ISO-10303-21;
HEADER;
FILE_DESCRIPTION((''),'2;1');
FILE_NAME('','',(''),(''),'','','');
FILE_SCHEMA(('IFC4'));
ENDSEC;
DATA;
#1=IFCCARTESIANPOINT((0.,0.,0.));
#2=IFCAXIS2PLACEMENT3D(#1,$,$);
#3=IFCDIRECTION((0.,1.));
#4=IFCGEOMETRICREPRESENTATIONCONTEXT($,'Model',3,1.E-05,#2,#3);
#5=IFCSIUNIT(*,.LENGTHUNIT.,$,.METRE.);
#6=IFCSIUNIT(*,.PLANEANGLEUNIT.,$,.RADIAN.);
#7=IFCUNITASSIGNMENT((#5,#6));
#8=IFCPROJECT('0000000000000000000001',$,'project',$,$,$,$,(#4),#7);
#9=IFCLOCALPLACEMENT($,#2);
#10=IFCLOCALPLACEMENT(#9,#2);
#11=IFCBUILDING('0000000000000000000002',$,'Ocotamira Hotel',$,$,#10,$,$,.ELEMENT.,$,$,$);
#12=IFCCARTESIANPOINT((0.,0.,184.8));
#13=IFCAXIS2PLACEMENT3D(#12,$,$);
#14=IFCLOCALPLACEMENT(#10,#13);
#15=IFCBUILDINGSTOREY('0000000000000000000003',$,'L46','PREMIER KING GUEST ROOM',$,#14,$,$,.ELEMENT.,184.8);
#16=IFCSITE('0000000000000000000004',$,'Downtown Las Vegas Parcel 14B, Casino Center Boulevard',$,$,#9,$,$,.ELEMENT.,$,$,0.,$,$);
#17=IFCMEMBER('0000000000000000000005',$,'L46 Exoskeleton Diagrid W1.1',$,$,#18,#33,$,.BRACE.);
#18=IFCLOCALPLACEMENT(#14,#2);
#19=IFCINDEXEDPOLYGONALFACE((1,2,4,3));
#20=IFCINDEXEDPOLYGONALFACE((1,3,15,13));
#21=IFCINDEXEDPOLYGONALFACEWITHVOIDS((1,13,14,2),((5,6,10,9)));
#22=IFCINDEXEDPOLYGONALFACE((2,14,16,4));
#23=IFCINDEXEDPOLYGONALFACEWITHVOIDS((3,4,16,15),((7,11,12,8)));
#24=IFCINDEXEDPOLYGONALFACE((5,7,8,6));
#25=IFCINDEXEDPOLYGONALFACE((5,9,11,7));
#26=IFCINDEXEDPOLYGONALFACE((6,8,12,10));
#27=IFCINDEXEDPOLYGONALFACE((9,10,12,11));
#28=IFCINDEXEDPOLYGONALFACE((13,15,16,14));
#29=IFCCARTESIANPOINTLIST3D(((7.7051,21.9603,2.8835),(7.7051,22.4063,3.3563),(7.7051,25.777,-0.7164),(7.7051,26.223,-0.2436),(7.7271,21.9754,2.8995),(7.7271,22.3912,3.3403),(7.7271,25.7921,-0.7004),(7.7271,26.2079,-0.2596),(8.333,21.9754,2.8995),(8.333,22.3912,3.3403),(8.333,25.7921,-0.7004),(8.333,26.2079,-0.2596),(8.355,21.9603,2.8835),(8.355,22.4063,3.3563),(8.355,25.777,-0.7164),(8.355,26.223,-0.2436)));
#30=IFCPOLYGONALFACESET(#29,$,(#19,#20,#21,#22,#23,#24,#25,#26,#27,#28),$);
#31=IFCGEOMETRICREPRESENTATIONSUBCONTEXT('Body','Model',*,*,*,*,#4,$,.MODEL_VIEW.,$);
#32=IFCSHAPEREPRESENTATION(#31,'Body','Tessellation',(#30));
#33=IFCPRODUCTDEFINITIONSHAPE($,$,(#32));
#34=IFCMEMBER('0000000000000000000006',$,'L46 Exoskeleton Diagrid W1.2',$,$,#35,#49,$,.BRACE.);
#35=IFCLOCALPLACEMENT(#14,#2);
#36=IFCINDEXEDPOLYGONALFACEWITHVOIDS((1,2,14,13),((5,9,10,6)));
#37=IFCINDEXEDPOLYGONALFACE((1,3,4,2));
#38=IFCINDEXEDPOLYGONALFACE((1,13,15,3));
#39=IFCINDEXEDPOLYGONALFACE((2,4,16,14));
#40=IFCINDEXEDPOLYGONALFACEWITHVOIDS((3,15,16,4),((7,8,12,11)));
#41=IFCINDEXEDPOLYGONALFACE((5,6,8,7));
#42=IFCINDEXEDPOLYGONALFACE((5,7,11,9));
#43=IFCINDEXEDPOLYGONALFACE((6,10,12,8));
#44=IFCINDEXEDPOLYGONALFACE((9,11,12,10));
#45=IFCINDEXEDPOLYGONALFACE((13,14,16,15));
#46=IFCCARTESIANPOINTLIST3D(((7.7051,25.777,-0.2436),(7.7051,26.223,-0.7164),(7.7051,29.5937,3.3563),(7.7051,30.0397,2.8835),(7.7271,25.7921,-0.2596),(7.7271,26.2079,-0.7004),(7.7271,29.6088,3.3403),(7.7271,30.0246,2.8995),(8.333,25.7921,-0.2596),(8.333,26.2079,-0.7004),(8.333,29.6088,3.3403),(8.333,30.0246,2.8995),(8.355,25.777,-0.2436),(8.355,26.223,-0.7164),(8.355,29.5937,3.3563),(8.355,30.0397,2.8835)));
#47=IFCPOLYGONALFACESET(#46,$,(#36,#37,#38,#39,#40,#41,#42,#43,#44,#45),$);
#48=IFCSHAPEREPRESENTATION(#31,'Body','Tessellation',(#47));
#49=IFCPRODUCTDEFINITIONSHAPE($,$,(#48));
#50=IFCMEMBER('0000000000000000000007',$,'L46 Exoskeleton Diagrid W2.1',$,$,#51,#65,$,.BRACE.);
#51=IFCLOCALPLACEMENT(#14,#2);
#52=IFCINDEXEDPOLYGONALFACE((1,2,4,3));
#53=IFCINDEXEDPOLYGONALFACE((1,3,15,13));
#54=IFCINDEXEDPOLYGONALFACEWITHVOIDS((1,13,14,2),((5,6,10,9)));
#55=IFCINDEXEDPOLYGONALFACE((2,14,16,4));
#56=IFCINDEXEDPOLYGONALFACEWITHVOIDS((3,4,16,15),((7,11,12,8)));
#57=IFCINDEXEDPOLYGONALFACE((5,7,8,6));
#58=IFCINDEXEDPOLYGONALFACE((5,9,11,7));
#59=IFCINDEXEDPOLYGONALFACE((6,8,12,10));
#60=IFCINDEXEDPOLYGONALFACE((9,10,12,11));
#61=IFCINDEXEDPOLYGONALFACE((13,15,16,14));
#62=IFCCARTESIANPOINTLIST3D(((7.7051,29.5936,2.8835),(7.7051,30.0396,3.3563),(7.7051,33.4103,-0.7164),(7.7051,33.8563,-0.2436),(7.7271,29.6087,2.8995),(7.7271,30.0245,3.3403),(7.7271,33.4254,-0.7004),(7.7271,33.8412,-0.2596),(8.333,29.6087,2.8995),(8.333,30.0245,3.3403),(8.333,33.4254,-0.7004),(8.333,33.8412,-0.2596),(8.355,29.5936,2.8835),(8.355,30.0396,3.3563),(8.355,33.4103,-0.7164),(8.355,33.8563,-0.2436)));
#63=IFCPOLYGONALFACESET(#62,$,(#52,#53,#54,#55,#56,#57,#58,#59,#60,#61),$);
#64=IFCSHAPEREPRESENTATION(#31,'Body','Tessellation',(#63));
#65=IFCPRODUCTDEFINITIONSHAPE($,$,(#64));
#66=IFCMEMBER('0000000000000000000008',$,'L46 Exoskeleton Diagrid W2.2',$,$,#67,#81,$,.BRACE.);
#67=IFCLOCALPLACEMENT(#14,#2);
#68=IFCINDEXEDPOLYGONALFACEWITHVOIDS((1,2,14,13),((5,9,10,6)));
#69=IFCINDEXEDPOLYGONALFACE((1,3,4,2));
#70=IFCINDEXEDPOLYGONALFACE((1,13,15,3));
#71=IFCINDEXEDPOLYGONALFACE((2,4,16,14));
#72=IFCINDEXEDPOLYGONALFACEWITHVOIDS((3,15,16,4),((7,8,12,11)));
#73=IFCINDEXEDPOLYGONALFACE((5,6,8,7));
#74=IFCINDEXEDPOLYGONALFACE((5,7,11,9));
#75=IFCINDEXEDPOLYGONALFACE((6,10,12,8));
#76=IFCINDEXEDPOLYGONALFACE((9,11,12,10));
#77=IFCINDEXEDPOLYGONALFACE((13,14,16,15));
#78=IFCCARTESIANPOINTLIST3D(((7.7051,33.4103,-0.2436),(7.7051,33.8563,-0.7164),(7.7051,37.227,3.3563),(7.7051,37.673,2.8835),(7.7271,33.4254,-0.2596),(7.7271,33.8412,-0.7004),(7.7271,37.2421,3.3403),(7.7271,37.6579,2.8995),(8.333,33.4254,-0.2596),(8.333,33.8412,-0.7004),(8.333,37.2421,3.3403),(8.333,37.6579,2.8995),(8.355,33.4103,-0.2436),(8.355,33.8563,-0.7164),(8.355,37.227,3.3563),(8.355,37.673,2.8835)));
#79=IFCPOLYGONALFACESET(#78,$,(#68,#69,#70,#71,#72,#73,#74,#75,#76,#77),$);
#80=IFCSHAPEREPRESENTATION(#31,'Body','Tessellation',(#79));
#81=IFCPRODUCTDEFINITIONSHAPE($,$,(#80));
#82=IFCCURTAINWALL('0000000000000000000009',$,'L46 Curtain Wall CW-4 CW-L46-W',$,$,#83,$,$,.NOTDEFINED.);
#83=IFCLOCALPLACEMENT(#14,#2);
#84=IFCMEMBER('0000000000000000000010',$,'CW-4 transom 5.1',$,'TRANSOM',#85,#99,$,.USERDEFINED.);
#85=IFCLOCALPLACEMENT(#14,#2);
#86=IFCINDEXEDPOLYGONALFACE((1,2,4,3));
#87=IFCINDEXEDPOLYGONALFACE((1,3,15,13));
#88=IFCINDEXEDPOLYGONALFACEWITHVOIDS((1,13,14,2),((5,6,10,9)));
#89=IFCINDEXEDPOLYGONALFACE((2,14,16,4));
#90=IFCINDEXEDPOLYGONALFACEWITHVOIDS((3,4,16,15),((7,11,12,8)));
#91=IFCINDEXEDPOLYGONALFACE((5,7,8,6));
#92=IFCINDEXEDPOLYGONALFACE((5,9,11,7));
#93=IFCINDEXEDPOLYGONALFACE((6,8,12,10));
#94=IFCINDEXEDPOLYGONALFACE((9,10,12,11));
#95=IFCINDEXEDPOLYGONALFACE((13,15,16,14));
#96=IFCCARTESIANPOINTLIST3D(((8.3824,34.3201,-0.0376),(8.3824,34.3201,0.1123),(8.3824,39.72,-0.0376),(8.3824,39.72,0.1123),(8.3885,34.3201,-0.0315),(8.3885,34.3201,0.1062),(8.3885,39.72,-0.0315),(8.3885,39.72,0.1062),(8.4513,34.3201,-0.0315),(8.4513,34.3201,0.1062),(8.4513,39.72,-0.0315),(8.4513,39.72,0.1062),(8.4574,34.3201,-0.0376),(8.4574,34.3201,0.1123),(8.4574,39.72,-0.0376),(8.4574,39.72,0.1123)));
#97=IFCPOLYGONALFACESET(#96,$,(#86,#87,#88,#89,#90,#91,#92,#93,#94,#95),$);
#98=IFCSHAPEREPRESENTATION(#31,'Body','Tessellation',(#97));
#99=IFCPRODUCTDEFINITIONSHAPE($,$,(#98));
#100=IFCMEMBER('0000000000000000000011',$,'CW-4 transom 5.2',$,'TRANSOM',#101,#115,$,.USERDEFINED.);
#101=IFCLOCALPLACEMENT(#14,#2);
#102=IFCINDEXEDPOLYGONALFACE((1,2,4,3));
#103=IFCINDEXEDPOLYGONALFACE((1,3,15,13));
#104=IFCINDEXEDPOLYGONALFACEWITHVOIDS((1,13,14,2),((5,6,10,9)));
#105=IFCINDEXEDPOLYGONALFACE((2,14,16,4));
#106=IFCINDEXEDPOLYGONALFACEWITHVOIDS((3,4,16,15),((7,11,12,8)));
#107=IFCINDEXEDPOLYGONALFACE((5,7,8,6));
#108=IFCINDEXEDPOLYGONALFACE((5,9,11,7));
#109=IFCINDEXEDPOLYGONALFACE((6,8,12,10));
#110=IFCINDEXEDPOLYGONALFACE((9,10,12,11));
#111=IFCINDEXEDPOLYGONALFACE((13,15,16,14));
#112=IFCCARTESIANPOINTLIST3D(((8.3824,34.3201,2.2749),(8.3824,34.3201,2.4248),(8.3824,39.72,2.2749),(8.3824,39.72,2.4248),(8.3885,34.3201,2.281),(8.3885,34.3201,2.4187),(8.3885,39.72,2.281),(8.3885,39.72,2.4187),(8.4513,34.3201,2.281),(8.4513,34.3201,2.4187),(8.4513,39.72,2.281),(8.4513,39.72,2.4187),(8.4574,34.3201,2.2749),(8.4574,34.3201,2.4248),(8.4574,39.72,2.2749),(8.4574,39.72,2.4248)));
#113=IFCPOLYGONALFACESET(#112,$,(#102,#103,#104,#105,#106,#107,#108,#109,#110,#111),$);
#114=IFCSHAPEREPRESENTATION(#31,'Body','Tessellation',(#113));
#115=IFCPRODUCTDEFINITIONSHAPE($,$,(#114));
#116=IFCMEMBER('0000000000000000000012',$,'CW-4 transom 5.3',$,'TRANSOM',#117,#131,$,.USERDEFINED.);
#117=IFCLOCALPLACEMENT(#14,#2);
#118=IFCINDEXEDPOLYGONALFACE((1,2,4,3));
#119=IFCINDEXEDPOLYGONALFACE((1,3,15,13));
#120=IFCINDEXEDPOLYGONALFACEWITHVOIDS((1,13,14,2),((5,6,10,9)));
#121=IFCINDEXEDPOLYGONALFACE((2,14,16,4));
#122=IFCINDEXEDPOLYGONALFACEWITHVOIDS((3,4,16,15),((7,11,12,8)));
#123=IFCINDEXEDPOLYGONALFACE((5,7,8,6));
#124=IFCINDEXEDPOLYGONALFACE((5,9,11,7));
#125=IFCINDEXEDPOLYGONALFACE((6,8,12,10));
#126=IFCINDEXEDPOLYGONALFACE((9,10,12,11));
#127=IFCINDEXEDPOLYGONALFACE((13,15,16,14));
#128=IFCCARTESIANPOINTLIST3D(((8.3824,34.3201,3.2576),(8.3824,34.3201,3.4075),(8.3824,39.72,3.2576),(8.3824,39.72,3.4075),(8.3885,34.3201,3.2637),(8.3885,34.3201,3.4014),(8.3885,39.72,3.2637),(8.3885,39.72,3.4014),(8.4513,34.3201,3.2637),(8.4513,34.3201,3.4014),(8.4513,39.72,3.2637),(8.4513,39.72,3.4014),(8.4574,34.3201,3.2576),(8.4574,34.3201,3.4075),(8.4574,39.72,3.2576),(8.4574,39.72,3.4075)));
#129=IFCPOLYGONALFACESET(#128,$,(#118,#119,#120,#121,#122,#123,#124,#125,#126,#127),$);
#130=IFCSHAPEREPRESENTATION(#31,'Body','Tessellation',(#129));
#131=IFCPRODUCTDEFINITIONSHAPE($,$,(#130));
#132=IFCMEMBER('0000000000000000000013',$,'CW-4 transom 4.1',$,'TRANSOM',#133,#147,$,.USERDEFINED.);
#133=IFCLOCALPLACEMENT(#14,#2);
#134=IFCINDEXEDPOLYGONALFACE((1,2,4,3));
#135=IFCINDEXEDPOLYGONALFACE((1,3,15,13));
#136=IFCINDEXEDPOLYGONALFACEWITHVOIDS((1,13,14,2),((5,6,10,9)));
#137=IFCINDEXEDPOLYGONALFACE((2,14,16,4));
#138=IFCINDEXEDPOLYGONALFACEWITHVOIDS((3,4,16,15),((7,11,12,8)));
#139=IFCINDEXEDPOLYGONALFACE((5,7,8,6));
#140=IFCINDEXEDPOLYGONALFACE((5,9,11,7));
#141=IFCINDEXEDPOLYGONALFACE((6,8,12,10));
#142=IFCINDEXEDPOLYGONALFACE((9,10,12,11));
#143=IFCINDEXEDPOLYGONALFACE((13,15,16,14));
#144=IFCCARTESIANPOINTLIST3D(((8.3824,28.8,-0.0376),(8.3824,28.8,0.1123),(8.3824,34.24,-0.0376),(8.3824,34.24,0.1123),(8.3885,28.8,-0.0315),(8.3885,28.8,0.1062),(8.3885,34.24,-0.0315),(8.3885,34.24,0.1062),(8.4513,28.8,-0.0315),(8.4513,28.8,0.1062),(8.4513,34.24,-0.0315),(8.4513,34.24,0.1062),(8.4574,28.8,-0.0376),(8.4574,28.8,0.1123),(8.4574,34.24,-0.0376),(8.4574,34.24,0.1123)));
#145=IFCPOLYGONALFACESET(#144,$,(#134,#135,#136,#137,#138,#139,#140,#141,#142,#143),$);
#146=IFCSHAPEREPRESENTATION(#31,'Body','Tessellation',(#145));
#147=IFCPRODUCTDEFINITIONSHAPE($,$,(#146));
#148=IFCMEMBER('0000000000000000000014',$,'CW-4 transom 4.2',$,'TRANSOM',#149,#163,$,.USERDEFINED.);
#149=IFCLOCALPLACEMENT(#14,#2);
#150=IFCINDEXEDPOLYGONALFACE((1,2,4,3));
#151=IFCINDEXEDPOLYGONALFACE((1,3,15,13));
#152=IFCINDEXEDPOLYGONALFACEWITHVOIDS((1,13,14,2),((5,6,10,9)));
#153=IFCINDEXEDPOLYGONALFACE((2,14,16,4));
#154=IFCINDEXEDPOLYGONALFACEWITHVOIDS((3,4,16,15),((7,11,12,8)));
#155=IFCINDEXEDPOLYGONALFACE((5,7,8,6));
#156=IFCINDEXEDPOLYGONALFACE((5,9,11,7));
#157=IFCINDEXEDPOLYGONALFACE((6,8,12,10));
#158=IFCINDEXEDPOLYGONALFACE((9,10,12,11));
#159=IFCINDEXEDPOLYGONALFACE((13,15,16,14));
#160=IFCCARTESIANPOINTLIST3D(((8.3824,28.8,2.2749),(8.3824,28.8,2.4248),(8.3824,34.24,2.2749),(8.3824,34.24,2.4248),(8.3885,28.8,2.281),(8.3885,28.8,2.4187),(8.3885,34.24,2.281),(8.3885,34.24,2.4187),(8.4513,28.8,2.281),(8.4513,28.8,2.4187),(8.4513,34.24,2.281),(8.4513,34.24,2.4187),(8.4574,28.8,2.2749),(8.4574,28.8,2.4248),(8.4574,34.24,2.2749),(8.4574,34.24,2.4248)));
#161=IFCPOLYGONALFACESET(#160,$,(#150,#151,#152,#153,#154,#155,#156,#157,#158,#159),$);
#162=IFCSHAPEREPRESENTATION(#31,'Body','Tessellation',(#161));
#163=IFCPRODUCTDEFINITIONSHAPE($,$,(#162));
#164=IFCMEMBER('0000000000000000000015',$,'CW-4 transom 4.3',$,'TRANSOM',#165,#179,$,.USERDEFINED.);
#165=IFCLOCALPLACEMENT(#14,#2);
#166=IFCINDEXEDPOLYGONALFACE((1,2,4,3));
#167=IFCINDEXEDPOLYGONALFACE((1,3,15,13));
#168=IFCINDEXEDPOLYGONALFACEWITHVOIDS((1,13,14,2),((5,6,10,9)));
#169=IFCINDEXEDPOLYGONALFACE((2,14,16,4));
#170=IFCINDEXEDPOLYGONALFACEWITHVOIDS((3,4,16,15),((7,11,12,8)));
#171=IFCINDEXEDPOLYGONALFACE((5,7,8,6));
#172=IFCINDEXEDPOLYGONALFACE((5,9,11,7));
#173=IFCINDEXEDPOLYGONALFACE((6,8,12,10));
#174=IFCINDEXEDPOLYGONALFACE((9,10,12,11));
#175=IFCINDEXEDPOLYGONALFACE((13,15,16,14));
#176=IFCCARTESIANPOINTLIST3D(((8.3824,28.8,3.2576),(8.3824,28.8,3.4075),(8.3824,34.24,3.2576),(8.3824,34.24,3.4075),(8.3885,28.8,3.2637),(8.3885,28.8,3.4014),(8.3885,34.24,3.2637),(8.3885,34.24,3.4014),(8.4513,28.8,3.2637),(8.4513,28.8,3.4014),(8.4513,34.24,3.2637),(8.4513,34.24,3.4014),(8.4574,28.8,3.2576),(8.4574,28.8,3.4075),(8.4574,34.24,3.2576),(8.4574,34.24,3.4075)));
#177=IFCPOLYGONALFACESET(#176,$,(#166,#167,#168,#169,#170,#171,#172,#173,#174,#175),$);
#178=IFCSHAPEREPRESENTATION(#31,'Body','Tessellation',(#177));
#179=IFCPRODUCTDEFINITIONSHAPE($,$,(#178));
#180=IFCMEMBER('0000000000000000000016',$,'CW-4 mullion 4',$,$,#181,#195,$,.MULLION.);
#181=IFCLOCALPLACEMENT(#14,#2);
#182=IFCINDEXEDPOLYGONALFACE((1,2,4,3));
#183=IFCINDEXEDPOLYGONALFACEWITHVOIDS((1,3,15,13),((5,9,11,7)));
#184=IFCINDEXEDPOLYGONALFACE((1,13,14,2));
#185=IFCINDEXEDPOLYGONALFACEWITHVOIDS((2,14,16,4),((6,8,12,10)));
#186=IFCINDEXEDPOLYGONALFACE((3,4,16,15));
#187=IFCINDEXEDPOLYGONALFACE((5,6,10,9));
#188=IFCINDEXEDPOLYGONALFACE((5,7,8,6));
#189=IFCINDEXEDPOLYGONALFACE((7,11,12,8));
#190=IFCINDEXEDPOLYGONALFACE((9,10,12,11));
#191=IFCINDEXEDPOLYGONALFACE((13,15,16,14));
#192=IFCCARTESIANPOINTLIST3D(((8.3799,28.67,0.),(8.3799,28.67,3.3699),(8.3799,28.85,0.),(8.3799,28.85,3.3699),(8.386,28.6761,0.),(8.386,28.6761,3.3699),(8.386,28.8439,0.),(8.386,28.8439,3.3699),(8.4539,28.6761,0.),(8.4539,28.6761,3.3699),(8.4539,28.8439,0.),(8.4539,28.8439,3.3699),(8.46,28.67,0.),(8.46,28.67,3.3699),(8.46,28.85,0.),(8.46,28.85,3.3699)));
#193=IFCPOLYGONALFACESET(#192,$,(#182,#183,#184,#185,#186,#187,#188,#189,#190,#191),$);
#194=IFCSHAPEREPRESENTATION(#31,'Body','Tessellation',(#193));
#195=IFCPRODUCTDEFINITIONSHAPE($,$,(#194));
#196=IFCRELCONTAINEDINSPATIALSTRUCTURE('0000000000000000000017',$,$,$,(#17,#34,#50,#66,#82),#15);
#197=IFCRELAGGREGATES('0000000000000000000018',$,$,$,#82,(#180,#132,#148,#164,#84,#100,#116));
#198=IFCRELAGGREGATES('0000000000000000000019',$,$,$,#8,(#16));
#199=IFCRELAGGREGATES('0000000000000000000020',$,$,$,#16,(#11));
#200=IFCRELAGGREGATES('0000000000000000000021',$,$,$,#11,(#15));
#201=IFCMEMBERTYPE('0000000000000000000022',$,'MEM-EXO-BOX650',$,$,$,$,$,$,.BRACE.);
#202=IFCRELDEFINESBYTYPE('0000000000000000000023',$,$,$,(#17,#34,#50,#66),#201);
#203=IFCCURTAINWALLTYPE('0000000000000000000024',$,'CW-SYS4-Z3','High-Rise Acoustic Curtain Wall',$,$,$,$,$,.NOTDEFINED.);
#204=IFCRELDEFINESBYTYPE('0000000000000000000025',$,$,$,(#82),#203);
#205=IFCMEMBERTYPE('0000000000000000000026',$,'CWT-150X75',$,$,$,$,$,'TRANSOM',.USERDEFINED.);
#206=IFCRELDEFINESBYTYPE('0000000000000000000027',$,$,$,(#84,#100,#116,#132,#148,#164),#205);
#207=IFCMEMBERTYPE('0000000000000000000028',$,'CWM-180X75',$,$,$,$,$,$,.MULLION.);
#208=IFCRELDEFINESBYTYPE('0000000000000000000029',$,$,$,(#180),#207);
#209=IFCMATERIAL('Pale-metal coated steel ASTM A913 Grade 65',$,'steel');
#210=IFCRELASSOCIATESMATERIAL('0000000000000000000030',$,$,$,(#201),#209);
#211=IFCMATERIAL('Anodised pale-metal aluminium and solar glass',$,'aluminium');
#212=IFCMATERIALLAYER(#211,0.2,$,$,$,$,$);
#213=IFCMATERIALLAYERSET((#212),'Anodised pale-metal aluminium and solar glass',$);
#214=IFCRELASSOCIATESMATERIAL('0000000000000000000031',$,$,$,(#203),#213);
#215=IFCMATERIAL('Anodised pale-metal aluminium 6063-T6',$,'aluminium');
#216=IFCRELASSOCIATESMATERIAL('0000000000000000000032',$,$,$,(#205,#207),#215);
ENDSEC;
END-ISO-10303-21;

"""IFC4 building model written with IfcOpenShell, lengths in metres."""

from ifc_helpers import new_model, si_unit, direction, frame, origin, origin_2d, place, context, subcontext, project, spatial, hollow_rectangle, extrude, source, transform, mapped, material, layer, layer_set, material_profile, profile_set, type_object, element, aggregate, save


model = new_model("IFC4")

# Units and contexts
model_context = context("Model", 3, precision=1e-05, world=origin(), true_north=direction((0.0, 1.0)))
body_context = subcontext(model_context, "Body", "Model", "MODEL_VIEW")
ifc_project = project(units=[si_unit("LENGTHUNIT", "METRE"), si_unit("PLANEANGLEUNIT", "RADIAN")], contexts=[model_context])

# Site, building, storey
site_placement = place(None, origin())
site = spatial("IfcSite", under=ifc_project, at=site_placement, Name="Downtown Las Vegas Parcel 14B, Casino Center Boulevard", CompositionType="ELEMENT", RefElevation=0.0)
building_placement = place(site_placement, origin())
building = spatial("IfcBuilding", under=site, at=building_placement, Name="Ocotamira Hotel", CompositionType="ELEMENT")
storey_placement = place(building_placement, frame((0.0, 0.0, 184.8)))
storey = spatial("IfcBuildingStorey", under=building, at=storey_placement, Name="L46", Description="PREMIER KING GUEST ROOM", CompositionType="ELEMENT", Elevation=184.8)

# Members
ifc_material_1 = material(Name="Pale-metal coated steel ASTM A913 Grade 65", Category="steel")
ifc_material_profile_1 = material_profile(ifc_material_1, hollow_rectangle(XDim=0.6499, YDim=0.6499, WallThickness=0.022, at=origin_2d()), Name="BOX650X650X22")
ifc_profile_set_1 = profile_set([ifc_material_profile_1], Name="Pale-metal coated steel ASTM A913 Grade 65")
member_type_1 = type_object("IfcMemberType", Name="MEM-EXO-BOX650", PredefinedType="BRACE", material=ifc_profile_set_1)
shared_shape_1 = source(origin(), body_context, "Body", "SweptSolid", [
    extrude(hollow_rectangle(XDim=0.6499, YDim=0.6499, WallThickness=0.022, at=origin_2d()), origin(), (0.0, 0.0, 1.0), 5.2466),
])
for number, where, z_axis, x_axis, name in (
    (1, (8.03, 26.0, -0.48), (0.0, -0.727466, 0.686144), (1.0, 0.0, 0.0), "L46 Exoskeleton Diagrid W1.1"),
    (2, (8.03, 26.0, -0.48), (0.0, 0.727466, 0.686144), (-1.0, 0.0, 0.0), "L46 Exoskeleton Diagrid W1.2"),
    (3, (8.03, 33.6333, -0.48), (0.0, -0.727466, 0.686144), (1.0, 0.0, 0.0), "L46 Exoskeleton Diagrid W2.1"),
    (4, (8.03, 33.6333, -0.48), (0.0, 0.727466, 0.686144), (-1.0, 0.0, 0.0), "L46 Exoskeleton Diagrid W2.2"),
):
    element("IfcMember", number, at=place(storey_placement, frame(where, z_axis=z_axis, x_axis=x_axis)), inside=storey, type_object=member_type_1, Name=name, PredefinedType="BRACE", context=body_context, shape_type="MappedRepresentation", body=[
        mapped(shared_shape_1, transform((0.0, 0.0, 0.0), scale=1.0)),
    ])

# Curtain wall, members
ifc_material_2 = material(Name="Anodised pale-metal aluminium and solar glass", Category="aluminium")
ifc_layer_1 = layer(ifc_material_2, 0.2)
ifc_layer_set_1 = layer_set([ifc_layer_1], Name="Anodised pale-metal aluminium and solar glass")
curtain_wall_type = type_object("IfcCurtainWallType", Name="CW-SYS4-Z3", Description="High-Rise Acoustic Curtain Wall", PredefinedType="NOTDEFINED", material=ifc_layer_set_1)
curtain_wall_placement = place(storey_placement, origin())
curtain_wall = element("IfcCurtainWall", 5, at=curtain_wall_placement, inside=storey, type_object=curtain_wall_type, Name="L46 Curtain Wall CW-4 CW-L46-W", PredefinedType="NOTDEFINED")
ifc_material_3 = material(Name="Anodised pale-metal aluminium 6063-T6", Category="aluminium")
ifc_material_profile_2 = material_profile(ifc_material_3, hollow_rectangle(XDim=0.075, YDim=0.1499, WallThickness=0.0061, at=origin_2d()), Name="HSS150X75X6")
ifc_profile_set_2 = profile_set([ifc_material_profile_2], Name="Anodised pale-metal aluminium 6063-T6")
member_type_2 = type_object("IfcMemberType", Name="CWT-150X75", ElementType="TRANSOM", PredefinedType="USERDEFINED", material=ifc_profile_set_2)
shared_shape_2 = source(origin(), body_context, "Body", "SweptSolid", [
    extrude(hollow_rectangle(XDim=0.075, YDim=0.1499, WallThickness=0.0061, at=origin_2d()), origin(), (0.0, 0.0, 1.0), 5.3999),
])
member_1_placement = place(storey_placement, frame((8.4199, 34.3201, 0.0374), z_axis=(0.0, 1.0, 0.0), x_axis=(-1.0, 0.0, 0.0)))
member_1 = element("IfcMember", 6, at=member_1_placement, type_object=member_type_2, Name="CW-4 transom 5.1", ObjectType="TRANSOM", PredefinedType="USERDEFINED", context=body_context, shape_type="MappedRepresentation", body=[
    mapped(shared_shape_2, transform((0.0, 0.0, 0.0), scale=1.0)),
])
member_2_placement = place(storey_placement, frame((8.4199, 34.3201, 2.3499), z_axis=(0.0, 1.0, 0.0), x_axis=(-1.0, 0.0, 0.0)))
member_2 = element("IfcMember", 7, at=member_2_placement, type_object=member_type_2, Name="CW-4 transom 5.2", ObjectType="TRANSOM", PredefinedType="USERDEFINED", context=body_context, shape_type="MappedRepresentation", body=[
    mapped(shared_shape_2, transform((0.0, 0.0, 0.0), scale=1.0)),
])
member_3_placement = place(storey_placement, frame((8.4199, 34.3201, 3.3325), z_axis=(0.0, 1.0, 0.0), x_axis=(-1.0, 0.0, 0.0)))
member_3 = element("IfcMember", 8, at=member_3_placement, type_object=member_type_2, Name="CW-4 transom 5.3", ObjectType="TRANSOM", PredefinedType="USERDEFINED", context=body_context, shape_type="MappedRepresentation", body=[
    mapped(shared_shape_2, transform((0.0, 0.0, 0.0), scale=1.0)),
])
shared_shape_3 = source(origin(), body_context, "Body", "SweptSolid", [
    extrude(hollow_rectangle(XDim=0.075, YDim=0.1499, WallThickness=0.0061, at=origin_2d()), origin(), (0.0, 0.0, 1.0), 5.4399),
])
member_4_placement = place(storey_placement, frame((8.4199, 28.8, 0.0374), z_axis=(0.0, 1.0, 0.0), x_axis=(-1.0, 0.0, 0.0)))
member_4 = element("IfcMember", 9, at=member_4_placement, type_object=member_type_2, Name="CW-4 transom 4.1", ObjectType="TRANSOM", PredefinedType="USERDEFINED", context=body_context, shape_type="MappedRepresentation", body=[
    mapped(shared_shape_3, transform((0.0, 0.0, 0.0), scale=1.0)),
])
member_5_placement = place(storey_placement, frame((8.4199, 28.8, 2.3499), z_axis=(0.0, 1.0, 0.0), x_axis=(-1.0, 0.0, 0.0)))
member_5 = element("IfcMember", 10, at=member_5_placement, type_object=member_type_2, Name="CW-4 transom 4.2", ObjectType="TRANSOM", PredefinedType="USERDEFINED", context=body_context, shape_type="MappedRepresentation", body=[
    mapped(shared_shape_3, transform((0.0, 0.0, 0.0), scale=1.0)),
])
member_6_placement = place(storey_placement, frame((8.4199, 28.8, 3.3325), z_axis=(0.0, 1.0, 0.0), x_axis=(-1.0, 0.0, 0.0)))
member_6 = element("IfcMember", 11, at=member_6_placement, type_object=member_type_2, Name="CW-4 transom 4.3", ObjectType="TRANSOM", PredefinedType="USERDEFINED", context=body_context, shape_type="MappedRepresentation", body=[
    mapped(shared_shape_3, transform((0.0, 0.0, 0.0), scale=1.0)),
])
ifc_material_profile_3 = material_profile(ifc_material_3, hollow_rectangle(XDim=0.0801, YDim=0.1799, WallThickness=0.0061, at=origin_2d()), Name="HSS180X80X6")
ifc_profile_set_3 = profile_set([ifc_material_profile_3], Name="Anodised pale-metal aluminium 6063-T6")
member_type_3 = type_object("IfcMemberType", Name="CWM-180X75", PredefinedType="MULLION", material=ifc_profile_set_3)
shared_shape_4 = source(origin(), body_context, "Body", "SweptSolid", [
    extrude(hollow_rectangle(XDim=0.0801, YDim=0.1799, WallThickness=0.0061, at=origin_2d()), origin(), (0.0, 0.0, 1.0), 3.3699),
])
member_7_placement = place(storey_placement, frame((8.4199, 28.76, 0.0), z_axis=(0.0, 0.0, 1.0), x_axis=(-1.0, 0.0, 0.0)))
member_7 = element("IfcMember", 12, at=member_7_placement, type_object=member_type_3, Name="CW-4 mullion 4", PredefinedType="MULLION", context=body_context, shape_type="MappedRepresentation", body=[
    mapped(shared_shape_4, transform((0.0, 0.0, 0.0), scale=1.0)),
])

aggregate(curtain_wall, [member_7, member_4, member_5, member_6, member_1, member_2, member_3])

save(model, "model.ifc")
